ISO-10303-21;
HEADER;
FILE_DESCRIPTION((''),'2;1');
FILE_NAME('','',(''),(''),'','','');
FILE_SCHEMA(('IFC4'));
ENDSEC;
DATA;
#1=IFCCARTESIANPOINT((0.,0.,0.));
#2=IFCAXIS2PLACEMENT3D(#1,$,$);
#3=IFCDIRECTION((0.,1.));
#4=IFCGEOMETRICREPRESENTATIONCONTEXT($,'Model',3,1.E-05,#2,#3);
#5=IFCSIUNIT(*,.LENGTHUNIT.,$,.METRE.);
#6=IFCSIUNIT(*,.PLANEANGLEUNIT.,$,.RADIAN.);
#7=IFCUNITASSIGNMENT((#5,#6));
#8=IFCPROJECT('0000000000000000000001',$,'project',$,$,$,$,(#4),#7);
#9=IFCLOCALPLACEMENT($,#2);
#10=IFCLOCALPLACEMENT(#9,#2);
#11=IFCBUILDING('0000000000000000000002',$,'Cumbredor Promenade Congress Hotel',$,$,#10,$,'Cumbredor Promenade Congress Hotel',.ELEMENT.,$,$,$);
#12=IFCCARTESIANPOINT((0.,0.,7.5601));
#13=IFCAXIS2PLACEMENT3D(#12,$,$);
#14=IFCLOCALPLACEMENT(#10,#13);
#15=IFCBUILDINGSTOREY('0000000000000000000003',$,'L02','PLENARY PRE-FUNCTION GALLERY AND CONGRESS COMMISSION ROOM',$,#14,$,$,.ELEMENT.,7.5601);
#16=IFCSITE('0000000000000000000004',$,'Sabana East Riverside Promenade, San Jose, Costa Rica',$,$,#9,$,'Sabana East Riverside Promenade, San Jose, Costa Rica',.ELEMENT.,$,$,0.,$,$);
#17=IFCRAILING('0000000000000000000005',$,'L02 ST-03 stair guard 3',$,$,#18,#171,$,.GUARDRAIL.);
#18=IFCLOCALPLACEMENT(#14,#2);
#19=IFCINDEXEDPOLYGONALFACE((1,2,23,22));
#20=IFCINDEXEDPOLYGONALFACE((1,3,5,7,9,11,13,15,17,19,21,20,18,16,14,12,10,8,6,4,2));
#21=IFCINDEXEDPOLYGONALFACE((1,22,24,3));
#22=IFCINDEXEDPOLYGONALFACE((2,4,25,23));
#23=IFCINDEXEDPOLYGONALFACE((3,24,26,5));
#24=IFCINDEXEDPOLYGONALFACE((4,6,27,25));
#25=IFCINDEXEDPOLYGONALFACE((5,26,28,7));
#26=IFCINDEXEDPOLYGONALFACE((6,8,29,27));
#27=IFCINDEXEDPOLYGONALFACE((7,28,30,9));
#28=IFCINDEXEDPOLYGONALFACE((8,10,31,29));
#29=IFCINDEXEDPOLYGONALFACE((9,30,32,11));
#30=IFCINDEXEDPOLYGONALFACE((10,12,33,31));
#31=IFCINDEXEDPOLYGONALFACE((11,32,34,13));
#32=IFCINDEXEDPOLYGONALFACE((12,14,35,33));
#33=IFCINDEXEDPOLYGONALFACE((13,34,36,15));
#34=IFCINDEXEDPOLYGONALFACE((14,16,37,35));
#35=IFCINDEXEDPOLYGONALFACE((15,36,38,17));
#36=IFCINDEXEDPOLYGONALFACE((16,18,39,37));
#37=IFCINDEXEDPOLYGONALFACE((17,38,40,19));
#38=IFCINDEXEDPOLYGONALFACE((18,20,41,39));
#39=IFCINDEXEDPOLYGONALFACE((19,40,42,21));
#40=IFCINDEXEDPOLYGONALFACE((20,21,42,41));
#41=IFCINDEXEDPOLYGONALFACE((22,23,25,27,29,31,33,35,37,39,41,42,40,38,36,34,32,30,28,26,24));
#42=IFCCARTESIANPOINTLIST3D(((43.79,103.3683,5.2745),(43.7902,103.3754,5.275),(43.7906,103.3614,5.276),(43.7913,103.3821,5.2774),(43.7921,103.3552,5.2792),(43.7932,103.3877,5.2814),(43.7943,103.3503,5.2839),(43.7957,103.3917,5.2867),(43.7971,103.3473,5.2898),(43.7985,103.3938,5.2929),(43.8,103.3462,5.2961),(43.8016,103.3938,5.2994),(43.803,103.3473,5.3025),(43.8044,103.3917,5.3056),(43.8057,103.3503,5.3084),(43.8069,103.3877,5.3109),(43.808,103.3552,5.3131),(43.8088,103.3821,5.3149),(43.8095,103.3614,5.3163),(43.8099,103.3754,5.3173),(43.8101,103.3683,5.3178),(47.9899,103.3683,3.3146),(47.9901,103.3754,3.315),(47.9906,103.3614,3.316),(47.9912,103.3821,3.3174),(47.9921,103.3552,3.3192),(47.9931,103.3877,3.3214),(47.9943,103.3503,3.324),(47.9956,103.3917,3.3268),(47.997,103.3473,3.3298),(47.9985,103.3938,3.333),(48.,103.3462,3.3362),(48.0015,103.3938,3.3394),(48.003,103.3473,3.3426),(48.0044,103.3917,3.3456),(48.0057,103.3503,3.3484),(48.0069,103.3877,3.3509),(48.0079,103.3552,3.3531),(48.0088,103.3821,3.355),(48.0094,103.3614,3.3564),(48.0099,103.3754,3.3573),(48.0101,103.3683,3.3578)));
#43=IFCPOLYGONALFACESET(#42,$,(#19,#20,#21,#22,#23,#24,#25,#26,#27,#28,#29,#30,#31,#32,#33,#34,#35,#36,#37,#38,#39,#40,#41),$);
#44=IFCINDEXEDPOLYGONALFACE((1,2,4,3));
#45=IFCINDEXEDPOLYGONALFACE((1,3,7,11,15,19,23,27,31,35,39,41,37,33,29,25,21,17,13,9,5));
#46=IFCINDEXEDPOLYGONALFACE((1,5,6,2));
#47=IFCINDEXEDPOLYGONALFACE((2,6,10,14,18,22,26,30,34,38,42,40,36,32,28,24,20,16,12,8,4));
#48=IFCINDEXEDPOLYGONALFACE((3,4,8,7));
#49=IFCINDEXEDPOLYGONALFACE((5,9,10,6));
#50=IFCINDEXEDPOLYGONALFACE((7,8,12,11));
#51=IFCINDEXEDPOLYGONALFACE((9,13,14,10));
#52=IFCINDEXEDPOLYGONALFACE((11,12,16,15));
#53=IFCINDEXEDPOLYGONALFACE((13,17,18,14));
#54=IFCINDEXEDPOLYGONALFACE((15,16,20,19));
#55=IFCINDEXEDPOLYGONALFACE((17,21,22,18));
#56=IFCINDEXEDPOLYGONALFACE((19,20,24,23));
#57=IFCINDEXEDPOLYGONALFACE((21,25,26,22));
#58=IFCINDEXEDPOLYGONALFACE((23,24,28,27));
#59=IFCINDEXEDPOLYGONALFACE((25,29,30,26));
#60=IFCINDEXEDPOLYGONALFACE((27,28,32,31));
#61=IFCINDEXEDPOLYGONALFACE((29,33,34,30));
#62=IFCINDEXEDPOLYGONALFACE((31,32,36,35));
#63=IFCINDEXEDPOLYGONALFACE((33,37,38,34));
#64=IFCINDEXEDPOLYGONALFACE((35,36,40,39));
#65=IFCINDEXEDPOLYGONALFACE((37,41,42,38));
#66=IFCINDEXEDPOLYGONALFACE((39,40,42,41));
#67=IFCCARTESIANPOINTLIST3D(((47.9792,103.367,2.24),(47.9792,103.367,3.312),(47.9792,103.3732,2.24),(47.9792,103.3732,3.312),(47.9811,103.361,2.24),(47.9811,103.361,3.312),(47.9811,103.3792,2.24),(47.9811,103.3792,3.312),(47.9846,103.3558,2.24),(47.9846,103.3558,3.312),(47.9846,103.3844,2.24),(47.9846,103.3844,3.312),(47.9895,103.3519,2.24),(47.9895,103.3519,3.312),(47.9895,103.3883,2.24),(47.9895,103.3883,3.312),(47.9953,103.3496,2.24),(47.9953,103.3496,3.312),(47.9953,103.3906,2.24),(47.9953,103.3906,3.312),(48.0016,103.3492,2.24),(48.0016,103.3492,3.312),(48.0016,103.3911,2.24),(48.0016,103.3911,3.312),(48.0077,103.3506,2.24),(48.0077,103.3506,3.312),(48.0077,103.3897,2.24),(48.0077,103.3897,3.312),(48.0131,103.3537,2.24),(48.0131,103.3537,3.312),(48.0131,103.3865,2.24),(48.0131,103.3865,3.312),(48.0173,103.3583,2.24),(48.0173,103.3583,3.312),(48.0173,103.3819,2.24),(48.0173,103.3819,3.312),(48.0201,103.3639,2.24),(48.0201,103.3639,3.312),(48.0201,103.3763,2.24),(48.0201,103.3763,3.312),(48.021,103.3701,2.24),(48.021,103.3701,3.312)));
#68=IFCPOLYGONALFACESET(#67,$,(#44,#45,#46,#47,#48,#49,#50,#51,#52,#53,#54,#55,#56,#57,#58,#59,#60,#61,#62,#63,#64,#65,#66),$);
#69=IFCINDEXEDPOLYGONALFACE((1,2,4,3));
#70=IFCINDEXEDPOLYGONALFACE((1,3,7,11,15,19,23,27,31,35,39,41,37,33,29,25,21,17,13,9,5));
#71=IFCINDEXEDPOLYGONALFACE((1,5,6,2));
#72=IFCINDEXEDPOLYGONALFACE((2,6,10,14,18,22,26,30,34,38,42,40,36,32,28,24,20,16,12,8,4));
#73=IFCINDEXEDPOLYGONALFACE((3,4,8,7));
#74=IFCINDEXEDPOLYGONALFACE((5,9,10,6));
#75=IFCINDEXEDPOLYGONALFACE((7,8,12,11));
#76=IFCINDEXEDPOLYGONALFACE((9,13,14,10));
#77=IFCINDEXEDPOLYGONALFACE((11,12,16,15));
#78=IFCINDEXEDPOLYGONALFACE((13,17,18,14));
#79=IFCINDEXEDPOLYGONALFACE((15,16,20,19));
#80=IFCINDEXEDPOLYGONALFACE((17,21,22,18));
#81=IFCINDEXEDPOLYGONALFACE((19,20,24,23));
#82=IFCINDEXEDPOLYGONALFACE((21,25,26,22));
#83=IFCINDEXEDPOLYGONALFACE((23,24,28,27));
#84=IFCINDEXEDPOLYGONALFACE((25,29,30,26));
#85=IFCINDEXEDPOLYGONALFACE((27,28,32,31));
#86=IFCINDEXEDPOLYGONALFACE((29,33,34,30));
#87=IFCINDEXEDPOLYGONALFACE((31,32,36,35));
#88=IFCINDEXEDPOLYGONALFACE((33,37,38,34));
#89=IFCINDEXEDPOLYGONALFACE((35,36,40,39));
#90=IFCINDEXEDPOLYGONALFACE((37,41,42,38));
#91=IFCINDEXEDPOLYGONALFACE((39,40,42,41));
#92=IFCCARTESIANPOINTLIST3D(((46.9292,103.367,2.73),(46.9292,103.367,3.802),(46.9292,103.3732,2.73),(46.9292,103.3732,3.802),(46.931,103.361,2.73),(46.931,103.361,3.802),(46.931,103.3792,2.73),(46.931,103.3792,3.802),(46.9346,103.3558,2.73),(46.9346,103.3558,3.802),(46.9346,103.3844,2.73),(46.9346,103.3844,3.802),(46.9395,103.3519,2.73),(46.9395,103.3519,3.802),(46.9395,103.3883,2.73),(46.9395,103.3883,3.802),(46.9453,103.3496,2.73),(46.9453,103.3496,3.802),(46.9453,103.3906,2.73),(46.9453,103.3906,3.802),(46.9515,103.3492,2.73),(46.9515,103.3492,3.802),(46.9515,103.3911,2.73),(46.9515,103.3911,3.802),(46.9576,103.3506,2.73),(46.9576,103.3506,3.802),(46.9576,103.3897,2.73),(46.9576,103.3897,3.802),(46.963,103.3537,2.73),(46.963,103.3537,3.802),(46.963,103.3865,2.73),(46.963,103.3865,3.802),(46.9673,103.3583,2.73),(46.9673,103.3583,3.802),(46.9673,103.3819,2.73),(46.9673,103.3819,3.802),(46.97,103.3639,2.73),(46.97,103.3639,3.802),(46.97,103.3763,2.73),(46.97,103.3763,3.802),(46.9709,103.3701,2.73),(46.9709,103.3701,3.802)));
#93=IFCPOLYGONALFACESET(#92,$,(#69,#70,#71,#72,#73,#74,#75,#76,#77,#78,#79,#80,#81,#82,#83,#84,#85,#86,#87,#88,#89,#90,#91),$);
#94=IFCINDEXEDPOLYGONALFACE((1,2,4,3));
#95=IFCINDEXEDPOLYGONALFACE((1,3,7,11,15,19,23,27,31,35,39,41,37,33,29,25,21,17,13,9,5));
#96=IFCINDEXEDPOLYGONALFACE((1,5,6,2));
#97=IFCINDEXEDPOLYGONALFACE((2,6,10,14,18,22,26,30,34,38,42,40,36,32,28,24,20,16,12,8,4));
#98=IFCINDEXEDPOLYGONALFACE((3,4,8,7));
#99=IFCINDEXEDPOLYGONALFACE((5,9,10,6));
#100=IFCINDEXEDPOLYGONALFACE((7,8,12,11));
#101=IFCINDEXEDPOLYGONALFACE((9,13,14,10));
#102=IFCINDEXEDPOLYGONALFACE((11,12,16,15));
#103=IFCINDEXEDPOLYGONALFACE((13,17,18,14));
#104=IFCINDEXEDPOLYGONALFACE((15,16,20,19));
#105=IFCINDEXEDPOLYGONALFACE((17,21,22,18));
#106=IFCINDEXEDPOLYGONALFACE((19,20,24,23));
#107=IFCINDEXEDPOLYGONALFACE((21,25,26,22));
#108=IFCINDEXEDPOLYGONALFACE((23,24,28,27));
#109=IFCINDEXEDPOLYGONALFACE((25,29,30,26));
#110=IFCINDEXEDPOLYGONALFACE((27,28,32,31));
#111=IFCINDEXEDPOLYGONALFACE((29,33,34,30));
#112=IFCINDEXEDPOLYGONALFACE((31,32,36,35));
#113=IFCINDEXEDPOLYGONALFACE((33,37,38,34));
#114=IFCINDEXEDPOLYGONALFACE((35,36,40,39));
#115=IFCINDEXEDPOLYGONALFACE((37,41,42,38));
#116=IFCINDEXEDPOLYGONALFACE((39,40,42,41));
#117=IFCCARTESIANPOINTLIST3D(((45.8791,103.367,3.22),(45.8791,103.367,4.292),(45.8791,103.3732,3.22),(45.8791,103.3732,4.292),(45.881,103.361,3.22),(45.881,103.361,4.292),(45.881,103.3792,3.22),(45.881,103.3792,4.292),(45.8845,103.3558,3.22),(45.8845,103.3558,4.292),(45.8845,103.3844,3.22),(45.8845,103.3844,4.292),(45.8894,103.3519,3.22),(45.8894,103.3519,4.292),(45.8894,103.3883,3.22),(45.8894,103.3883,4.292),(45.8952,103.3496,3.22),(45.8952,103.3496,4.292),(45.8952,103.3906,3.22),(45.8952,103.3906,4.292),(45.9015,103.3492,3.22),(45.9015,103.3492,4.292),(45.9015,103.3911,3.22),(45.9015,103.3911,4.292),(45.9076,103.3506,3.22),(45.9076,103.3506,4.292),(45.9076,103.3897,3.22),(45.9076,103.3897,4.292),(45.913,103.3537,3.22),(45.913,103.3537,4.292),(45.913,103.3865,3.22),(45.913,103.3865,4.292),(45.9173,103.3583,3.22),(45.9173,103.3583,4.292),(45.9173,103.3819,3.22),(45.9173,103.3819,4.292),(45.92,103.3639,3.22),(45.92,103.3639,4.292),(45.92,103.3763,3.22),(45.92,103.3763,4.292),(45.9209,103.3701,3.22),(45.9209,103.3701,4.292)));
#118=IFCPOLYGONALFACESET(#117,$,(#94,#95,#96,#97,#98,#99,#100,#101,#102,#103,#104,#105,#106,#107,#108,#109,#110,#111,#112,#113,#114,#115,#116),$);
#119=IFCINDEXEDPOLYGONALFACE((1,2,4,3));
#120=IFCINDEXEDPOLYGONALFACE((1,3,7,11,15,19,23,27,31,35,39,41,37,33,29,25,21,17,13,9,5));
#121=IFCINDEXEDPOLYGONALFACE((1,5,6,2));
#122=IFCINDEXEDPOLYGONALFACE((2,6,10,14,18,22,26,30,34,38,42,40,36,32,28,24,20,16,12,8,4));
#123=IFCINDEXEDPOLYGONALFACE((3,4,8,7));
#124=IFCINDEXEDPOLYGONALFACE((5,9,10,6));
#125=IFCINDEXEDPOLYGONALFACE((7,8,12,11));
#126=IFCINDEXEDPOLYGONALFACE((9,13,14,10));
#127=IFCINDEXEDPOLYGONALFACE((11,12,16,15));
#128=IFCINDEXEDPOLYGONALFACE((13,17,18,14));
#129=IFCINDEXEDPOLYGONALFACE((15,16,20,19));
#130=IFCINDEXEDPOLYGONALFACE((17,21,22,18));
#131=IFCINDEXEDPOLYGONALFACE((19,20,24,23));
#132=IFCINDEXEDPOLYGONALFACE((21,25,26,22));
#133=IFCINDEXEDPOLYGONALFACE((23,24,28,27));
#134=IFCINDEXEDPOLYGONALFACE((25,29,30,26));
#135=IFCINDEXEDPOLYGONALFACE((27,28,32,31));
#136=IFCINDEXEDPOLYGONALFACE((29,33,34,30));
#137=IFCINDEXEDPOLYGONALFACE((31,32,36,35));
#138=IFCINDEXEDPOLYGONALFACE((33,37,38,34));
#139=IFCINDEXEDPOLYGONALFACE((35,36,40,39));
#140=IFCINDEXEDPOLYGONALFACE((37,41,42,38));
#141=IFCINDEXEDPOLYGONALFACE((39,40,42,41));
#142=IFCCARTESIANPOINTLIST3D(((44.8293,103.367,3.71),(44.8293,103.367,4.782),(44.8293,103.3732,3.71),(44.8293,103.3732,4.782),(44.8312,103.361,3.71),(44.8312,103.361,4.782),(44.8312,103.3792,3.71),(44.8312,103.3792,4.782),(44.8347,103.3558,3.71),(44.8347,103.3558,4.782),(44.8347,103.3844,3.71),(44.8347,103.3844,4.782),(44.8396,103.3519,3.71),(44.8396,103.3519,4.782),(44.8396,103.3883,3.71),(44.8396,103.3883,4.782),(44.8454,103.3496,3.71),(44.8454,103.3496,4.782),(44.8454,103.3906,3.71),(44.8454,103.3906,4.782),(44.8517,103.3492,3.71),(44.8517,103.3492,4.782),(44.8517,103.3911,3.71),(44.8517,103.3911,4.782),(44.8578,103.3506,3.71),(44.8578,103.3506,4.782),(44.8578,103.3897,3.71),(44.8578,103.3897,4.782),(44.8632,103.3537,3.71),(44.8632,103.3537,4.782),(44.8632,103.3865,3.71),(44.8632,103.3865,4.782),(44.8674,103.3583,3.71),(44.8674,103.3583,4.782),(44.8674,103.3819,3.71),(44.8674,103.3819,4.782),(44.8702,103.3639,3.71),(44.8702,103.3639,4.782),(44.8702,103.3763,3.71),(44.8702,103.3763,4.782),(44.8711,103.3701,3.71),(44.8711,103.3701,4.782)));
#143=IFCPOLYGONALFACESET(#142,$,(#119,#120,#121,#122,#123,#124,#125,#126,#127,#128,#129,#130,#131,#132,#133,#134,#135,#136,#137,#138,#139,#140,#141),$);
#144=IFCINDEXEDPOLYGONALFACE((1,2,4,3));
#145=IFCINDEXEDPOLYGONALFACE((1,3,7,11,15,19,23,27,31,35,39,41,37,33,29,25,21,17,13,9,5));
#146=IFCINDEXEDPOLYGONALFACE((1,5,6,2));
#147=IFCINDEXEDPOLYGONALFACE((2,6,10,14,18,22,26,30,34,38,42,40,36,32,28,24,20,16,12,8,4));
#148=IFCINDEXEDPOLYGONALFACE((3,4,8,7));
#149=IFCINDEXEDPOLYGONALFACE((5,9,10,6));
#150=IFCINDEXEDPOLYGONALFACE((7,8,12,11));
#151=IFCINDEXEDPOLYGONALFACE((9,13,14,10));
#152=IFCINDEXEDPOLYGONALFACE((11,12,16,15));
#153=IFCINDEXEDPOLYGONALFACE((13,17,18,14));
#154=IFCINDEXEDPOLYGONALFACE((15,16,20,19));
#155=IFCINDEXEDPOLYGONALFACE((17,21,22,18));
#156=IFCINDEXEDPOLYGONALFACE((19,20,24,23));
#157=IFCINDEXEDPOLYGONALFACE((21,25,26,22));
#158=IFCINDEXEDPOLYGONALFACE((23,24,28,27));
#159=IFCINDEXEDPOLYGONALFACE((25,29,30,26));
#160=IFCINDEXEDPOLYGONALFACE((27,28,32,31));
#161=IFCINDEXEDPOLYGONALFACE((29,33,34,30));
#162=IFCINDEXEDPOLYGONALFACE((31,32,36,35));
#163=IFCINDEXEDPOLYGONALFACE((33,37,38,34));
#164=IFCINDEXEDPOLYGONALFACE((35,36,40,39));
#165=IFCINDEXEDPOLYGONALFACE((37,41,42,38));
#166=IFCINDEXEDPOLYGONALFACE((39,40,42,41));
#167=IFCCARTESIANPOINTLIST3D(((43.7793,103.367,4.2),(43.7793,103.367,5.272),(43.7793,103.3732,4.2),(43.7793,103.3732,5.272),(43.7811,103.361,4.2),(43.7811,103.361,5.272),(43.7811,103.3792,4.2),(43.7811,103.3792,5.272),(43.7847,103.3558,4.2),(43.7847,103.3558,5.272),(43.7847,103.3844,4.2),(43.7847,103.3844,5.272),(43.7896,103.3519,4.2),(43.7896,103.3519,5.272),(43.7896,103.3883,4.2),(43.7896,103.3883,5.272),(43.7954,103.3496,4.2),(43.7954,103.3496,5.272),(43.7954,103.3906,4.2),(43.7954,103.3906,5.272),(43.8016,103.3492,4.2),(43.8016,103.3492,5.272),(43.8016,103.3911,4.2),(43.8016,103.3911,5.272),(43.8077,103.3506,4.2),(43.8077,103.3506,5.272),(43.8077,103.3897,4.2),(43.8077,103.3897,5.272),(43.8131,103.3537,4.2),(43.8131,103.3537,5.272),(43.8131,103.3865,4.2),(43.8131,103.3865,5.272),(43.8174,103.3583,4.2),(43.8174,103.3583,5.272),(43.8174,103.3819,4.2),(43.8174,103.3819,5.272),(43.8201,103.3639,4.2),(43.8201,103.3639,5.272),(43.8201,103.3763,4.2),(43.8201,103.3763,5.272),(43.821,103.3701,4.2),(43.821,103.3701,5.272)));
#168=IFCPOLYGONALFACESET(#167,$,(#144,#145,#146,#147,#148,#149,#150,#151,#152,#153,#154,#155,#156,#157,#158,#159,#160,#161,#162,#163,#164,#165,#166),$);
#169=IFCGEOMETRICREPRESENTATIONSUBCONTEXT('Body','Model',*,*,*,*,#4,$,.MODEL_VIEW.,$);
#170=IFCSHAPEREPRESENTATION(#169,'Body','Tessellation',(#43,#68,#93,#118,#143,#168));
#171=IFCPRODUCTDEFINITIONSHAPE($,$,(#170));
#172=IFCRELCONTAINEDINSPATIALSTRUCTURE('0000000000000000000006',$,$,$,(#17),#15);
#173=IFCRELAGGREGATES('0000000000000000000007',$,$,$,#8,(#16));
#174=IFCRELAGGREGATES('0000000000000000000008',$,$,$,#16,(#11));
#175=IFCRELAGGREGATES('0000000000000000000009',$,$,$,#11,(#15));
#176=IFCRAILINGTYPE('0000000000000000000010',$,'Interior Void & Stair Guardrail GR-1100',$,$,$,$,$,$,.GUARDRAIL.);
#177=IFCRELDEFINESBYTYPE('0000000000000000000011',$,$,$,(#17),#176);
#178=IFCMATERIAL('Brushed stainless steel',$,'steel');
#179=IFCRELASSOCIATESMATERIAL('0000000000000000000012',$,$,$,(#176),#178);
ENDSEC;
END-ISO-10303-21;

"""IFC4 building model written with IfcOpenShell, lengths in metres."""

from ifc_helpers import new_model, si_unit, direction, frame, origin, origin_2d, place, context, subcontext, project, spatial, circle, extrude, material, type_object, element, save


model = new_model("IFC4")

# Units and contexts
model_context = context("Model", 3, precision=1e-05, world=origin(), true_north=direction((0.0, 1.0)))
body_context = subcontext(model_context, "Body", "Model", "MODEL_VIEW")
ifc_project = project(units=[si_unit("LENGTHUNIT", "METRE"), si_unit("PLANEANGLEUNIT", "RADIAN")], contexts=[model_context])

# Site, building, storey
site_placement = place(None, origin())
site = spatial("IfcSite", under=ifc_project, at=site_placement, Name="Sabana East Riverside Promenade, San Jose, Costa Rica", LongName="Sabana East Riverside Promenade, San Jose, Costa Rica", CompositionType="ELEMENT", RefElevation=0.0)
building_placement = place(site_placement, origin())
building = spatial("IfcBuilding", under=site, at=building_placement, Name="Cumbredor Promenade Congress Hotel", LongName="Cumbredor Promenade Congress Hotel", CompositionType="ELEMENT")
storey_placement = place(building_placement, frame((0.0, 0.0, 7.5601)))
storey = spatial("IfcBuildingStorey", under=building, at=storey_placement, Name="L02", Description="PLENARY PRE-FUNCTION GALLERY AND CONGRESS COMMISSION ROOM", CompositionType="ELEMENT", Elevation=7.5601)

# Railing
ifc_material_1 = material(Name="Brushed stainless steel", Category="steel")
railing_type_1 = type_object("IfcRailingType", Name="Interior Void & Stair Guardrail GR-1100", PredefinedType="GUARDRAIL", material=ifc_material_1)
railing_1_placement = place(storey_placement, frame((48.0, 103.3701, 2.24)))
element("IfcRailing", 1, at=railing_1_placement, inside=storey, type_object=railing_type_1, Name="L02 ST-03 stair guard 3", PredefinedType="GUARDRAIL", context=body_context, shape_type="SweptSolid", body=[
    extrude(circle(Radius=0.0239, at=origin_2d()), frame((0.0, 0.0, 1.0962), z_axis=(-0.906184, 0.0, 0.422883), x_axis=(0.0, -1.0, 0.0)), (0.0, 0.0, 1.0), 4.6348),
    extrude(circle(Radius=0.021, at=origin_2d()), origin(), (0.0, 0.0, 1.0), 1.072),
    extrude(circle(Radius=0.021, at=origin_2d()), frame((-1.05, 0.0, 0.49)), (0.0, 0.0, 1.0), 1.072),
    extrude(circle(Radius=0.021, at=origin_2d()), frame((-2.1001, 0.0, 0.98)), (0.0, 0.0, 1.0), 1.072),
    extrude(circle(Radius=0.021, at=origin_2d()), frame((-3.1499, 0.0, 1.47)), (0.0, 0.0, 1.0), 1.072),
    extrude(circle(Radius=0.021, at=origin_2d()), frame((-4.2, 0.0, 1.96)), (0.0, 0.0, 1.0), 1.072),
])

save(model, "model.ifc")
